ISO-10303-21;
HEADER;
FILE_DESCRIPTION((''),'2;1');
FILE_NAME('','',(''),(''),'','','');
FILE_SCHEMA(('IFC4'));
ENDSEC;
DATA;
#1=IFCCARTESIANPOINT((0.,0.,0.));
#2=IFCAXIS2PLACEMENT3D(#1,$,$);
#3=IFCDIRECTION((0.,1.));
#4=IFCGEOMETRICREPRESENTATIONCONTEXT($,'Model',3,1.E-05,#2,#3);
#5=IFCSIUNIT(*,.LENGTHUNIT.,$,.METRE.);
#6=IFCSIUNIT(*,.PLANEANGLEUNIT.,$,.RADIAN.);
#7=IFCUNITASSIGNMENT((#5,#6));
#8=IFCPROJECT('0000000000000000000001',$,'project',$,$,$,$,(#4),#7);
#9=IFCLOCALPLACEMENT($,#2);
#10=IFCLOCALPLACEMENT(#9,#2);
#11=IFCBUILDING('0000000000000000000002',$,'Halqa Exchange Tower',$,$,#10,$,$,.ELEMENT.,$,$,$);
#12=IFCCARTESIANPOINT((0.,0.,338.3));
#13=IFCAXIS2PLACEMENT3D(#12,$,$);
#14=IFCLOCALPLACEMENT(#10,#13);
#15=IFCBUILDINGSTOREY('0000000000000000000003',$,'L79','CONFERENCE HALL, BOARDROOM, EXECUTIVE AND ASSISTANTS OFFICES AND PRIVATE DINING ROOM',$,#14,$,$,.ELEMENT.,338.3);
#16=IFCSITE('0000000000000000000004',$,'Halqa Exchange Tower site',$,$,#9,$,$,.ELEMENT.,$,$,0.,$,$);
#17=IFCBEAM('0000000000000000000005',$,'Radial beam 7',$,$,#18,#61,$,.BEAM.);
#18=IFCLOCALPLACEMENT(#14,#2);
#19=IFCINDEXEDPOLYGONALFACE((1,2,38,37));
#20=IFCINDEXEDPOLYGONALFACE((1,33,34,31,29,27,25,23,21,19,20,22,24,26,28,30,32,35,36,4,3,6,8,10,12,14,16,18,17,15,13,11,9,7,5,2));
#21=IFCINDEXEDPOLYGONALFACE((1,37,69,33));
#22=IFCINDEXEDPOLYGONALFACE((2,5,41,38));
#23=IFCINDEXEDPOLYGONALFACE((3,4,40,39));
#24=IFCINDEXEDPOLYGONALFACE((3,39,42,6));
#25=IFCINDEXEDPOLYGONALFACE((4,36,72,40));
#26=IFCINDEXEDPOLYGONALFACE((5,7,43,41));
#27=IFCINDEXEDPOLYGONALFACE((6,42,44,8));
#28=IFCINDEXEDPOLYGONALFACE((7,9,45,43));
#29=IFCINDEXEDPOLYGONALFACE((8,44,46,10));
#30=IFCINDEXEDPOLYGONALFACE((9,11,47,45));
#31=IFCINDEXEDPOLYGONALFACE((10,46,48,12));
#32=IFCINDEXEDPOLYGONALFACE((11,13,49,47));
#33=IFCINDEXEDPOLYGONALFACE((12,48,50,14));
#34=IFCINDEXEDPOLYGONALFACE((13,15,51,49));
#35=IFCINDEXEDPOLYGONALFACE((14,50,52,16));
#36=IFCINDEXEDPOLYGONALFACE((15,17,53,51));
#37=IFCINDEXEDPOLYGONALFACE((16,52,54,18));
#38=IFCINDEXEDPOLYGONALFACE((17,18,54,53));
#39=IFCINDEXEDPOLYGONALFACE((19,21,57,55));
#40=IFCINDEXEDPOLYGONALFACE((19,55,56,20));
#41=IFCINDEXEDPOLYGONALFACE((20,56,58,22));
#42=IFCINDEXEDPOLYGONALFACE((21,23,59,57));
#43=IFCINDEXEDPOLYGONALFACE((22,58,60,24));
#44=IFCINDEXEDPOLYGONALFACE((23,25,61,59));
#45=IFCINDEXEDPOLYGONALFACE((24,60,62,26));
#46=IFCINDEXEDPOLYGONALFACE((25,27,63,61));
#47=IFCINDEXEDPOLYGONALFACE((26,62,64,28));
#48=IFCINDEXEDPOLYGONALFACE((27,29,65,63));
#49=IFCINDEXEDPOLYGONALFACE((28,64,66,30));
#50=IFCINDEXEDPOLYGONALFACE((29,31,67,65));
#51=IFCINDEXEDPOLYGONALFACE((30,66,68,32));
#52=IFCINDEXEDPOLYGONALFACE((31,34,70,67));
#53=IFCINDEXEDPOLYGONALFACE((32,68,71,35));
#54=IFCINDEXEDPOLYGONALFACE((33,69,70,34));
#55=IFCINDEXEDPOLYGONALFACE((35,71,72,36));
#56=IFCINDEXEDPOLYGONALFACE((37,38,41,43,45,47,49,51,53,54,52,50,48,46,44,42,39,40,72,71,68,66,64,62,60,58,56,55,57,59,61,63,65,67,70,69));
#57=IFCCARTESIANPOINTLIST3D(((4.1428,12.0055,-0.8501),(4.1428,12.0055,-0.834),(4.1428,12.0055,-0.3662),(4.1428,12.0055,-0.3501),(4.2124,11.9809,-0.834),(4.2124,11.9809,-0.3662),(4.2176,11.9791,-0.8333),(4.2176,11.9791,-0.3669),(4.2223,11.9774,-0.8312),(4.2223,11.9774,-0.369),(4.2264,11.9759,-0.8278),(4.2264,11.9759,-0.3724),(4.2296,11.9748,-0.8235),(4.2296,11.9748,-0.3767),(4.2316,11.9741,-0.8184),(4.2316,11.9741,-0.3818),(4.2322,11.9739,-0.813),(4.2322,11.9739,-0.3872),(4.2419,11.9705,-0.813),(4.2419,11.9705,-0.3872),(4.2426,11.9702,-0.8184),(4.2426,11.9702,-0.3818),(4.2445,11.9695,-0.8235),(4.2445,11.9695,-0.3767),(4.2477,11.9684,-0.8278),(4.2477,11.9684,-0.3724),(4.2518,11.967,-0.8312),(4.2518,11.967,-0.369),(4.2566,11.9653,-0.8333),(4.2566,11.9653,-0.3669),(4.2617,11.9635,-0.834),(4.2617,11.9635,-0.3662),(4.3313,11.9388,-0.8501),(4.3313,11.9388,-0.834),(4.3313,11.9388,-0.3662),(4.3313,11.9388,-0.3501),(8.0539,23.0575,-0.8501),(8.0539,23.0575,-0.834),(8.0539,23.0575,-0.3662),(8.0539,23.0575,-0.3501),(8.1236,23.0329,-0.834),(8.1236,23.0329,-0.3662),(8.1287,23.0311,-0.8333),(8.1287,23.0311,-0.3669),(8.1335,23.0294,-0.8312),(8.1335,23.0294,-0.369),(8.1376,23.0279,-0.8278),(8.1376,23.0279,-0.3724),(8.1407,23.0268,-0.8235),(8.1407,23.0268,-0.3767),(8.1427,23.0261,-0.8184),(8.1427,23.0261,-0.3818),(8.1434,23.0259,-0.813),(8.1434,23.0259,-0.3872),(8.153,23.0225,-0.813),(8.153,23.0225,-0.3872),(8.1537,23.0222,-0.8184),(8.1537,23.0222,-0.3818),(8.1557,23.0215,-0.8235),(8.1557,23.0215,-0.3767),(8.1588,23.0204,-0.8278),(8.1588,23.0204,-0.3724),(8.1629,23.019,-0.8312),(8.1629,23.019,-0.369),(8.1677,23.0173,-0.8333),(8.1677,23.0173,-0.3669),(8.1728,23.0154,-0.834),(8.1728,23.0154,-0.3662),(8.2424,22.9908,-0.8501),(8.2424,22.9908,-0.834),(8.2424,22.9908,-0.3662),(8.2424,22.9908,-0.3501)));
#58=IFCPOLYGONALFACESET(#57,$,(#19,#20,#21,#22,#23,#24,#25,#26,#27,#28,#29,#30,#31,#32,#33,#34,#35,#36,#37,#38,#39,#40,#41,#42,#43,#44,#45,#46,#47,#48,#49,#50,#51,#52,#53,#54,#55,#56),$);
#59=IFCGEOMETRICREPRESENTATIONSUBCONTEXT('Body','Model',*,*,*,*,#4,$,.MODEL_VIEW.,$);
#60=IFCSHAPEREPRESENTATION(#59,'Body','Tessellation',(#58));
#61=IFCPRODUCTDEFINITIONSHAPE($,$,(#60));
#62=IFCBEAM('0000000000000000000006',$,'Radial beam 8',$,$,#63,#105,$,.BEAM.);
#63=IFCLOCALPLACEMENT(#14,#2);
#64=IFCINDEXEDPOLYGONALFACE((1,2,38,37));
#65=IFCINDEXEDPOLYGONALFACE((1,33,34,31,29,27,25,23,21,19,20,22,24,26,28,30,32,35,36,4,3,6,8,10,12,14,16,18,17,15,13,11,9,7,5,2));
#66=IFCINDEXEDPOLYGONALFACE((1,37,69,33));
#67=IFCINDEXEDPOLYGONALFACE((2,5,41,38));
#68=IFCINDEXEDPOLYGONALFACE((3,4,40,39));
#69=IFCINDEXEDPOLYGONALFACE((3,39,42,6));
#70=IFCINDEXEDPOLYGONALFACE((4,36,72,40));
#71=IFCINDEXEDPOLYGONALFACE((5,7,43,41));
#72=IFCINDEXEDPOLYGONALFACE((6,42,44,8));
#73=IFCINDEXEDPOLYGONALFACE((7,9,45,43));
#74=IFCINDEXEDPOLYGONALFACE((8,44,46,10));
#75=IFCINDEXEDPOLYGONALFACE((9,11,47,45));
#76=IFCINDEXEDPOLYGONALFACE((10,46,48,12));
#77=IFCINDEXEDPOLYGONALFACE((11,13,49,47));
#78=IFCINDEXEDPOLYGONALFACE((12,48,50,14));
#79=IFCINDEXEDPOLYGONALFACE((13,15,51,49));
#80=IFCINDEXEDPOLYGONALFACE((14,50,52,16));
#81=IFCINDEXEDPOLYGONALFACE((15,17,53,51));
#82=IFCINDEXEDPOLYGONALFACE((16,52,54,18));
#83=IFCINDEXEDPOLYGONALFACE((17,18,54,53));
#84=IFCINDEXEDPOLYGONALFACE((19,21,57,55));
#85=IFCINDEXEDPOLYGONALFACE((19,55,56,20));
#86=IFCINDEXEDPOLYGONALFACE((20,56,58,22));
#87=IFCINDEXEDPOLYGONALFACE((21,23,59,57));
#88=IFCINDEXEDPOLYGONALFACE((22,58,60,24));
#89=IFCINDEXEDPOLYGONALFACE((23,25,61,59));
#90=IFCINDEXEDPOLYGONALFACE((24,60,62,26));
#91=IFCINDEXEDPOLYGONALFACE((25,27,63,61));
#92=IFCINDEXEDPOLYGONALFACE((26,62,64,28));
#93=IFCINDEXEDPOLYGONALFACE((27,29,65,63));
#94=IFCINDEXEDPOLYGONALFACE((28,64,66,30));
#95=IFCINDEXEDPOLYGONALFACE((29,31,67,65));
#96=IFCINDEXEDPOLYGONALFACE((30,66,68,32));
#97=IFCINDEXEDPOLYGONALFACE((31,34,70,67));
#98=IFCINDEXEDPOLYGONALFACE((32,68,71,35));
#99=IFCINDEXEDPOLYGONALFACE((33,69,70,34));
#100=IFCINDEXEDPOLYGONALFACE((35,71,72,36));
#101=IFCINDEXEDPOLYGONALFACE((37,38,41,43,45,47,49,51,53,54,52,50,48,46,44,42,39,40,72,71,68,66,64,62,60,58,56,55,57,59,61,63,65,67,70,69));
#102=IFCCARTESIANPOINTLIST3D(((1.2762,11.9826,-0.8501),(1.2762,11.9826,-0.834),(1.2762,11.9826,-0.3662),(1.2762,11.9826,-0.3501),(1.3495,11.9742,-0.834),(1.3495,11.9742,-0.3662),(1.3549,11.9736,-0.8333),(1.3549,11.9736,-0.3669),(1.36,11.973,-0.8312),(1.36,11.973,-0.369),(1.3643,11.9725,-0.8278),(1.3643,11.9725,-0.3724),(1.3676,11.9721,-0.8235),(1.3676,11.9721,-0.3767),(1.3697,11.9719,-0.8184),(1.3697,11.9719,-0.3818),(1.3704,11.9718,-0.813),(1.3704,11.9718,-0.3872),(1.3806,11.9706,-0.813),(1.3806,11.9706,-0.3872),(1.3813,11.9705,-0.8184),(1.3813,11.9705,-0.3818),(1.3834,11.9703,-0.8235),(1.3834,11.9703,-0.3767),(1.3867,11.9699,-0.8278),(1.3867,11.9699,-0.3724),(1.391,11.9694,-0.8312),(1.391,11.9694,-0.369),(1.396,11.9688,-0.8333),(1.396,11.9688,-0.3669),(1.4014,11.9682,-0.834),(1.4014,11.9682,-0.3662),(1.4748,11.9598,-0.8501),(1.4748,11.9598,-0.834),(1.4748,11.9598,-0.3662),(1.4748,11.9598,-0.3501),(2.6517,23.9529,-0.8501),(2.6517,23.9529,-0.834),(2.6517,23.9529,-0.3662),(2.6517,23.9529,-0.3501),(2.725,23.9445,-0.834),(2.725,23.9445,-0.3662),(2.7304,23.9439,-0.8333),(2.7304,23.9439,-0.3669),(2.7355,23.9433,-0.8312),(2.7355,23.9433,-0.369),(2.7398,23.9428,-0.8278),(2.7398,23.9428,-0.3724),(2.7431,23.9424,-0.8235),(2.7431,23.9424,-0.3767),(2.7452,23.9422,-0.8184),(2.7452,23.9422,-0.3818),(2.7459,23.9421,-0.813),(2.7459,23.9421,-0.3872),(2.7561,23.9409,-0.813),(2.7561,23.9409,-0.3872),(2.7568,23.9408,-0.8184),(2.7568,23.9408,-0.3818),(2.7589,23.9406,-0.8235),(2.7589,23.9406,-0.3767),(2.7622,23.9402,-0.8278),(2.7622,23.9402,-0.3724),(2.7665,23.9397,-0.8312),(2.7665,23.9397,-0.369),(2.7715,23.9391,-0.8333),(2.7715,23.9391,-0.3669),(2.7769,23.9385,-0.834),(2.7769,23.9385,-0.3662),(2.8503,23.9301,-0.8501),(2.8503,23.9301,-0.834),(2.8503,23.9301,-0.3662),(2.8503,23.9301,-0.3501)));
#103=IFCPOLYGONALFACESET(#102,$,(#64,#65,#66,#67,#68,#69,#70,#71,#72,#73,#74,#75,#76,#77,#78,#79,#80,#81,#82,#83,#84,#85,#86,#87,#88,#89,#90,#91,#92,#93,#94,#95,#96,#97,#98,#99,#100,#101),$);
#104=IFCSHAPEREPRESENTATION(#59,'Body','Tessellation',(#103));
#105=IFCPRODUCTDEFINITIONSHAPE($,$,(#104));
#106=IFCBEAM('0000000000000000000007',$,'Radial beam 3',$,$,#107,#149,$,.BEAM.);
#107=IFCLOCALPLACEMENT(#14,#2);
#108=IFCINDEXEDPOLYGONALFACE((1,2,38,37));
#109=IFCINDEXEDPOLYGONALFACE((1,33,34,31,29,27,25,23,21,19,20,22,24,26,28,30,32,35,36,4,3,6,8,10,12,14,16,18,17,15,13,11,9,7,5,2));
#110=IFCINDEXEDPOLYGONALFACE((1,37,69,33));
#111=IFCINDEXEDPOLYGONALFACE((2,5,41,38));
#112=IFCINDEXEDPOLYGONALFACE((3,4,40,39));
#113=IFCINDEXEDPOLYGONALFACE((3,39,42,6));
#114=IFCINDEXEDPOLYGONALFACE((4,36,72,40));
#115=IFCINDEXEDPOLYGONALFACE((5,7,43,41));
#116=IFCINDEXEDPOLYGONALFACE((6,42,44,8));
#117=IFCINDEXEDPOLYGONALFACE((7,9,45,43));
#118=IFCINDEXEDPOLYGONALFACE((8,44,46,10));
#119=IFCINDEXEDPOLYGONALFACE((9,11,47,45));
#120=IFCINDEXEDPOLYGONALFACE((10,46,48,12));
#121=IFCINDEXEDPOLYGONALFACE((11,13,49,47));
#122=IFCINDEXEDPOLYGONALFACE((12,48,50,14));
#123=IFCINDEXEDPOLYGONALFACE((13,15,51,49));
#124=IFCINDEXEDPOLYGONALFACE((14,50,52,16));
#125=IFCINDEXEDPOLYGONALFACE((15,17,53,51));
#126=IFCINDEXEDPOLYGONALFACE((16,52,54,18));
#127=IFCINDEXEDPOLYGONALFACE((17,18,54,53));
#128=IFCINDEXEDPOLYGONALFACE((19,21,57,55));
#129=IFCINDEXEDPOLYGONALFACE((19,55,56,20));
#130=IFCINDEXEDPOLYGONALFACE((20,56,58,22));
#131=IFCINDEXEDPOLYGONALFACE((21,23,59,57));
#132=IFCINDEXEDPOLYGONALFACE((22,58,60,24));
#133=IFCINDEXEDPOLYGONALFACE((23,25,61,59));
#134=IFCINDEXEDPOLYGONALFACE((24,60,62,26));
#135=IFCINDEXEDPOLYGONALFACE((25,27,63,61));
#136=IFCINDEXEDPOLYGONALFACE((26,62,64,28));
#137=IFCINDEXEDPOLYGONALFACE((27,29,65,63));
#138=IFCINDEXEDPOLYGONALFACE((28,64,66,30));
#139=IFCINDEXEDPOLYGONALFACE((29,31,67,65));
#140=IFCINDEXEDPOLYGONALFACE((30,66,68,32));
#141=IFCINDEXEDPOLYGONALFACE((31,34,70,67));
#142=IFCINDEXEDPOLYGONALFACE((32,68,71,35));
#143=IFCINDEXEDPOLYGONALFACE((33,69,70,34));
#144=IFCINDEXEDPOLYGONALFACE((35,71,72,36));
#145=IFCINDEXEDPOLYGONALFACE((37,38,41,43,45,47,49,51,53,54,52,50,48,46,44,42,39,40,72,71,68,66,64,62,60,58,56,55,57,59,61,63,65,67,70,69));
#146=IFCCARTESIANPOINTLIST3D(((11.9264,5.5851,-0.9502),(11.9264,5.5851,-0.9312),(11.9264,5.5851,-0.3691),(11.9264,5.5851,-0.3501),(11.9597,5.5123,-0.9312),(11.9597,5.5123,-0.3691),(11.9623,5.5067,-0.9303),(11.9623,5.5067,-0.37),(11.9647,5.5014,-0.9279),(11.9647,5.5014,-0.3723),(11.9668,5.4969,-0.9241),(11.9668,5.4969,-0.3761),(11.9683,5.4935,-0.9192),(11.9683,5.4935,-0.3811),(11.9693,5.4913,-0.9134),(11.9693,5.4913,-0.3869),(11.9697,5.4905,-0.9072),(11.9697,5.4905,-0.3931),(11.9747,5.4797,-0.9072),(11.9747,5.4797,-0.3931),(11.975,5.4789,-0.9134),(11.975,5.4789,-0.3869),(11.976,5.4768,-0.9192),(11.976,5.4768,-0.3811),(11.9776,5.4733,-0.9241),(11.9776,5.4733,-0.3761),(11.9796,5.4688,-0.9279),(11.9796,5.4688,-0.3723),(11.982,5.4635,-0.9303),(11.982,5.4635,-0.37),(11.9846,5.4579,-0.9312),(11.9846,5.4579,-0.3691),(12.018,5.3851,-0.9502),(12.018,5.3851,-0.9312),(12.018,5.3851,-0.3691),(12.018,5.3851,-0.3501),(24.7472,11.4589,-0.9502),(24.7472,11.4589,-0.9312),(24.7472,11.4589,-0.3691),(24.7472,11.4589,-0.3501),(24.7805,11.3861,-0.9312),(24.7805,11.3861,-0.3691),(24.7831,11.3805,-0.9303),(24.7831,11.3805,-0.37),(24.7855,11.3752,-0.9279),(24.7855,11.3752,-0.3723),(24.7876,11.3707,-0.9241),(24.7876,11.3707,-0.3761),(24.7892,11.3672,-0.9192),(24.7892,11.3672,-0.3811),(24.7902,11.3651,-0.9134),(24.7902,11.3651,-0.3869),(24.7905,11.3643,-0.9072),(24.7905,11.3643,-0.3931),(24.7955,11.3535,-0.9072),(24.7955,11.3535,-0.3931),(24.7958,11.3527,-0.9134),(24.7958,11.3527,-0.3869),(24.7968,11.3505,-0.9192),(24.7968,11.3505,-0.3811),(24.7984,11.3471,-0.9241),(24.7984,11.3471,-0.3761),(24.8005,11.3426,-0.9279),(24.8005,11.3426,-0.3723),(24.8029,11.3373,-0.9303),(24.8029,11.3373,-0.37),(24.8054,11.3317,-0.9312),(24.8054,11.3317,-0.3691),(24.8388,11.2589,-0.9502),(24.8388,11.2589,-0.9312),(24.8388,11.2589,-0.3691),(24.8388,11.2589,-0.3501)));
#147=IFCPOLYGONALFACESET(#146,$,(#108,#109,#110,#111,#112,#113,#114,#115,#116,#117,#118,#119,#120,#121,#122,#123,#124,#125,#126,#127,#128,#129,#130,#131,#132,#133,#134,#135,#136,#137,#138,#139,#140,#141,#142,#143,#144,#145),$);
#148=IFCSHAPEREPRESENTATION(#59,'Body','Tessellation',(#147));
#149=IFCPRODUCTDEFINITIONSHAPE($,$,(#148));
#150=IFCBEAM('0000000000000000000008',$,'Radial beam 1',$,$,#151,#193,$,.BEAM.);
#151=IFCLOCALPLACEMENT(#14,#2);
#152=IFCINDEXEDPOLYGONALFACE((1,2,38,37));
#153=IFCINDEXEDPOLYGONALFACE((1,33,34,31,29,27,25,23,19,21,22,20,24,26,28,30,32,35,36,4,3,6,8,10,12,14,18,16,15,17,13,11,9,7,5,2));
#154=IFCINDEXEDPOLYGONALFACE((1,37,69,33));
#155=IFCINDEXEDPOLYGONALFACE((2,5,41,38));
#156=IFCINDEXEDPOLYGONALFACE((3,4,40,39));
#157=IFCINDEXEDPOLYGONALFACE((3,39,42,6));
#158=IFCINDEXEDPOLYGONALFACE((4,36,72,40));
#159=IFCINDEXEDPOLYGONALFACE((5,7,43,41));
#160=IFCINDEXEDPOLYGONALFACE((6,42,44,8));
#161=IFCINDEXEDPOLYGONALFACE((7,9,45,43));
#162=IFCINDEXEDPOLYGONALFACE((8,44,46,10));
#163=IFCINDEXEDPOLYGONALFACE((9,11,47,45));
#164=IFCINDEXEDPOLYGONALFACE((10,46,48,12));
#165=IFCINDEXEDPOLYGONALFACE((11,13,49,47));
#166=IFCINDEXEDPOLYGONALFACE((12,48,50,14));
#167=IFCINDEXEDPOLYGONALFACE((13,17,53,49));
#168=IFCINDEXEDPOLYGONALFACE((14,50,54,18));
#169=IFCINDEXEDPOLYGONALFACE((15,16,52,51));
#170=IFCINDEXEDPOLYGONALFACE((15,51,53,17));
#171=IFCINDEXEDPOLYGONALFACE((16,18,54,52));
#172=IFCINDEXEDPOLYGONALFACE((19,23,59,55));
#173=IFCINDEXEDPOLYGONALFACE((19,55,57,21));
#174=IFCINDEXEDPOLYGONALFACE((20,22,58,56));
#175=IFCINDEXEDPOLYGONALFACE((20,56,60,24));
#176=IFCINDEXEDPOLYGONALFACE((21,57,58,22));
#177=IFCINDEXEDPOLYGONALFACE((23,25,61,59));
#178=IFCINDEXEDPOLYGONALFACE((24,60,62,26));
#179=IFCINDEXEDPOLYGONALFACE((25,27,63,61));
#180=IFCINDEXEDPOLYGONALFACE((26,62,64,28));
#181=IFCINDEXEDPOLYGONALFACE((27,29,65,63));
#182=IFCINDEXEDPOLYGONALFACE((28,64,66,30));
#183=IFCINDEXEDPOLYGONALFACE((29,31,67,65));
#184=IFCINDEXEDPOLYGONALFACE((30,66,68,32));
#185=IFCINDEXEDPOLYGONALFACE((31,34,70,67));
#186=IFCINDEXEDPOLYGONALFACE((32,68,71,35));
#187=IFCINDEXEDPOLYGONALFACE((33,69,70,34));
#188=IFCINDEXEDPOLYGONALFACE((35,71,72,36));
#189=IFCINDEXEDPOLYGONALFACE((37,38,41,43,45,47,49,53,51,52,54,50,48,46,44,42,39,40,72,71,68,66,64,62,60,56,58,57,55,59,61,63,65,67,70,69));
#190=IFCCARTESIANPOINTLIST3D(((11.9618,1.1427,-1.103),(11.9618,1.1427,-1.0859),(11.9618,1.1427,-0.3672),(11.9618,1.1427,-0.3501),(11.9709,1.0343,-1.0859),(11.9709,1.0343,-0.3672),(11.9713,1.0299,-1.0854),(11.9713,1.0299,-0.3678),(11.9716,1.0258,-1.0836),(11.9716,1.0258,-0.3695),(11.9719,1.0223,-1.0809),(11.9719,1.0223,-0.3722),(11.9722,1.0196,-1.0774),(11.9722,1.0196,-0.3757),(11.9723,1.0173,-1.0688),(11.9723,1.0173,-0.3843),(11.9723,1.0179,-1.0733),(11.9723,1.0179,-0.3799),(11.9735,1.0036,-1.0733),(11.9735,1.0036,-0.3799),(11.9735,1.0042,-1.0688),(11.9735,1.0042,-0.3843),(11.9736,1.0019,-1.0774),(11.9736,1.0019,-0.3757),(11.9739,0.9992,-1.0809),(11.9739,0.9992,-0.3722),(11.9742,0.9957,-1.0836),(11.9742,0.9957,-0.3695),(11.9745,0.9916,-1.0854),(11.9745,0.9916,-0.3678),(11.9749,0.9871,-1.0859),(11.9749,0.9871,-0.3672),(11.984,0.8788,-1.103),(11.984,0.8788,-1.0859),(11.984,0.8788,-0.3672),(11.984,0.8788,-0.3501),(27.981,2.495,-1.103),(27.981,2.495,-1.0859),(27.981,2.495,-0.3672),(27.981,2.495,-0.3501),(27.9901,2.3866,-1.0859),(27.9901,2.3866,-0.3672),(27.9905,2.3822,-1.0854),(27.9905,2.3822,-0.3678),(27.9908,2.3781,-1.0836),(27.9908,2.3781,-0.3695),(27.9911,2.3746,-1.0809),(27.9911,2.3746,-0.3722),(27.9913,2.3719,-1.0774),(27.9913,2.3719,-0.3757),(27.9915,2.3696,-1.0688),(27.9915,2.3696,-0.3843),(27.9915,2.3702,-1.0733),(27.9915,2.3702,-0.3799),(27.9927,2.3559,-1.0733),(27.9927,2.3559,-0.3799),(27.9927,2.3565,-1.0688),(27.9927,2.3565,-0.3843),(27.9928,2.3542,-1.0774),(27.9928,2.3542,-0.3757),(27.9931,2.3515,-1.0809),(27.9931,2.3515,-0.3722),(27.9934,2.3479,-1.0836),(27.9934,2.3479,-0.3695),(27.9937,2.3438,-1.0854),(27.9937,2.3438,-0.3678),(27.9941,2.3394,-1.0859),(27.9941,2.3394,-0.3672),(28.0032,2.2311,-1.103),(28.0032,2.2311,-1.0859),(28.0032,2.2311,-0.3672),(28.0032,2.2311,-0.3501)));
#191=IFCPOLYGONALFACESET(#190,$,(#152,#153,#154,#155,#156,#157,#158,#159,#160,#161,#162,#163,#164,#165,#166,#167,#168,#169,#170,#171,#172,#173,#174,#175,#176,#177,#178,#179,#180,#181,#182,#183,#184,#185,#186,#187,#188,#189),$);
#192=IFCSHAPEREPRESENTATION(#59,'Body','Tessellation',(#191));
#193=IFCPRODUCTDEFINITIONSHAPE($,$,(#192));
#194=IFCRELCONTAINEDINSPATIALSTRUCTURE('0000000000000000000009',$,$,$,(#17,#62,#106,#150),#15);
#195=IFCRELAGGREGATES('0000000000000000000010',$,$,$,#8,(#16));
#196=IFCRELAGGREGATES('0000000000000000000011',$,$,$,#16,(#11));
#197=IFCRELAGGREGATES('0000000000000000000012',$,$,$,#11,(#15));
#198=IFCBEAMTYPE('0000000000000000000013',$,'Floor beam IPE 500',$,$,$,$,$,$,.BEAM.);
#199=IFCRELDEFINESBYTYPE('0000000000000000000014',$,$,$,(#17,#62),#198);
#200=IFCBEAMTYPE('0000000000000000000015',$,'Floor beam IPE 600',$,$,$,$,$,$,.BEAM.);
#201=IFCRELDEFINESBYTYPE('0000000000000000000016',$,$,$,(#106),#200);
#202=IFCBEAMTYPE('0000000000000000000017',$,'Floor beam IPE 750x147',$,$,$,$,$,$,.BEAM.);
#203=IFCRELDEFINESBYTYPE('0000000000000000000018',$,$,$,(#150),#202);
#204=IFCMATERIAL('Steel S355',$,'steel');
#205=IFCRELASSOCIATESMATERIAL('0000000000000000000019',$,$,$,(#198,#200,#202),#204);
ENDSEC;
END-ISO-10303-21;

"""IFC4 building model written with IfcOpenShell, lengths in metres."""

from ifc_helpers import new_model, si_unit, direction, frame, origin, origin_2d, place, context, subcontext, project, spatial, i_section, extrude, material, material_profile, profile_set, type_object, element, save


model = new_model("IFC4")

# Units and contexts
model_context = context("Model", 3, precision=1e-05, world=origin(), true_north=direction((0.0, 1.0)))
body_context = subcontext(model_context, "Body", "Model", "MODEL_VIEW")
ifc_project = project(units=[si_unit("LENGTHUNIT", "METRE"), si_unit("PLANEANGLEUNIT", "RADIAN")], contexts=[model_context])

# Site, building, storey
site_placement = place(None, origin())
site = spatial("IfcSite", under=ifc_project, at=site_placement, Name="Halqa Exchange Tower site", CompositionType="ELEMENT", RefElevation=0.0)
building_placement = place(site_placement, origin())
building = spatial("IfcBuilding", under=site, at=building_placement, Name="Halqa Exchange Tower", CompositionType="ELEMENT")
storey_placement = place(building_placement, frame((0.0, 0.0, 338.3)))
storey = spatial("IfcBuildingStorey", under=building, at=storey_placement, Name="L79", Description="CONFERENCE HALL, BOARDROOM, EXECUTIVE AND ASSISTANTS OFFICES AND PRIVATE DINING ROOM", CompositionType="ELEMENT", Elevation=338.3)

# Beams
ifc_material_1 = material(Name="Steel S355", Category="steel")
ifc_material_profile_1 = material_profile(ifc_material_1, i_section(OverallWidth=0.2, OverallDepth=0.5, WebThickness=0.0103, FlangeThickness=0.0161, FilletRadius=0.021, at=origin_2d()), Name="IPE 500")
ifc_profile_set_1 = profile_set([ifc_material_profile_1], Name="Steel S355")
beam_type_1 = type_object("IfcBeamType", Name="Floor beam IPE 500", PredefinedType="BEAM", material=ifc_profile_set_1)
beam_1_placement = place(storey_placement, frame((4.2371, 11.9722, -0.6001), z_axis=(0.333611, 0.942711, 0.0), x_axis=(-0.942711, 0.333611, 0.0)))
element("IfcBeam", 1, at=beam_1_placement, inside=storey, type_object=beam_type_1, Name="Radial beam 7", PredefinedType="BEAM", context=body_context, shape_type="SweptSolid", body=[
    extrude(i_section(OverallWidth=0.2, OverallDepth=0.5, WebThickness=0.0103, FlangeThickness=0.0161, FilletRadius=0.021, at=origin_2d()), origin(), (0.0, 0.0, 1.0), 11.7236),
])
beam_2_placement = place(storey_placement, frame((1.3755, 11.9712, -0.6001), z_axis=(0.114158, 0.993463, 0.0), x_axis=(-0.993463, 0.114158, 0.0)))
element("IfcBeam", 2, at=beam_2_placement, inside=storey, type_object=beam_type_1, Name="Radial beam 8", PredefinedType="BEAM", context=body_context, shape_type="SweptSolid", body=[
    extrude(i_section(OverallWidth=0.2, OverallDepth=0.5, WebThickness=0.0103, FlangeThickness=0.0161, FilletRadius=0.021, at=origin_2d()), origin(), (0.0, 0.0, 1.0), 12.0491),
])
ifc_material_profile_2 = material_profile(ifc_material_1, i_section(OverallWidth=0.22, OverallDepth=0.6001, WebThickness=0.012, FlangeThickness=0.019, FilletRadius=0.0239, at=origin_2d()), Name="IPE 600")
ifc_profile_set_2 = profile_set([ifc_material_profile_2], Name="Steel S355")
beam_type_2 = type_object("IfcBeamType", Name="Floor beam IPE 600", PredefinedType="BEAM", material=ifc_profile_set_2)
beam_3_placement = place(storey_placement, frame((11.9722, 5.4851, -0.6501), z_axis=(0.90913, 0.416513, 0.0), x_axis=(-0.416513, 0.90913, 0.0)))
element("IfcBeam", 3, at=beam_3_placement, inside=storey, type_object=beam_type_2, Name="Radial beam 3", PredefinedType="BEAM", context=body_context, shape_type="SweptSolid", body=[
    extrude(i_section(OverallWidth=0.22, OverallDepth=0.6001, WebThickness=0.012, FlangeThickness=0.019, FilletRadius=0.0239, at=origin_2d()), origin(), (0.0, 0.0, 1.0), 14.1023),
])
ifc_material_profile_3 = material_profile(ifc_material_1, i_section(OverallWidth=0.2649, OverallDepth=0.7529, WebThickness=0.0132, FlangeThickness=0.0171, FilletRadius=0.0171, at=origin_2d()), Name="IPE 750x147")
ifc_profile_set_3 = profile_set([ifc_material_profile_3], Name="Steel S355")
beam_type_3 = type_object("IfcBeamType", Name="Floor beam IPE 750x147", PredefinedType="BEAM", material=ifc_profile_set_3)
beam_4_placement = place(storey_placement, frame((11.9729, 1.0107, -0.7266), z_axis=(0.996456, 0.084117, 0.0), x_axis=(-0.084117, 0.996456, 0.0)))
element("IfcBeam", 4, at=beam_4_placement, inside=storey, type_object=beam_type_3, Name="Radial beam 1", PredefinedType="BEAM", context=body_context, shape_type="SweptSolid", body=[
    extrude(i_section(OverallWidth=0.2649, OverallDepth=0.7529, WebThickness=0.0132, FlangeThickness=0.0171, FilletRadius=0.0171, at=origin_2d()), origin(), (0.0, 0.0, 1.0), 16.0762),
])

save(model, "model.ifc")
